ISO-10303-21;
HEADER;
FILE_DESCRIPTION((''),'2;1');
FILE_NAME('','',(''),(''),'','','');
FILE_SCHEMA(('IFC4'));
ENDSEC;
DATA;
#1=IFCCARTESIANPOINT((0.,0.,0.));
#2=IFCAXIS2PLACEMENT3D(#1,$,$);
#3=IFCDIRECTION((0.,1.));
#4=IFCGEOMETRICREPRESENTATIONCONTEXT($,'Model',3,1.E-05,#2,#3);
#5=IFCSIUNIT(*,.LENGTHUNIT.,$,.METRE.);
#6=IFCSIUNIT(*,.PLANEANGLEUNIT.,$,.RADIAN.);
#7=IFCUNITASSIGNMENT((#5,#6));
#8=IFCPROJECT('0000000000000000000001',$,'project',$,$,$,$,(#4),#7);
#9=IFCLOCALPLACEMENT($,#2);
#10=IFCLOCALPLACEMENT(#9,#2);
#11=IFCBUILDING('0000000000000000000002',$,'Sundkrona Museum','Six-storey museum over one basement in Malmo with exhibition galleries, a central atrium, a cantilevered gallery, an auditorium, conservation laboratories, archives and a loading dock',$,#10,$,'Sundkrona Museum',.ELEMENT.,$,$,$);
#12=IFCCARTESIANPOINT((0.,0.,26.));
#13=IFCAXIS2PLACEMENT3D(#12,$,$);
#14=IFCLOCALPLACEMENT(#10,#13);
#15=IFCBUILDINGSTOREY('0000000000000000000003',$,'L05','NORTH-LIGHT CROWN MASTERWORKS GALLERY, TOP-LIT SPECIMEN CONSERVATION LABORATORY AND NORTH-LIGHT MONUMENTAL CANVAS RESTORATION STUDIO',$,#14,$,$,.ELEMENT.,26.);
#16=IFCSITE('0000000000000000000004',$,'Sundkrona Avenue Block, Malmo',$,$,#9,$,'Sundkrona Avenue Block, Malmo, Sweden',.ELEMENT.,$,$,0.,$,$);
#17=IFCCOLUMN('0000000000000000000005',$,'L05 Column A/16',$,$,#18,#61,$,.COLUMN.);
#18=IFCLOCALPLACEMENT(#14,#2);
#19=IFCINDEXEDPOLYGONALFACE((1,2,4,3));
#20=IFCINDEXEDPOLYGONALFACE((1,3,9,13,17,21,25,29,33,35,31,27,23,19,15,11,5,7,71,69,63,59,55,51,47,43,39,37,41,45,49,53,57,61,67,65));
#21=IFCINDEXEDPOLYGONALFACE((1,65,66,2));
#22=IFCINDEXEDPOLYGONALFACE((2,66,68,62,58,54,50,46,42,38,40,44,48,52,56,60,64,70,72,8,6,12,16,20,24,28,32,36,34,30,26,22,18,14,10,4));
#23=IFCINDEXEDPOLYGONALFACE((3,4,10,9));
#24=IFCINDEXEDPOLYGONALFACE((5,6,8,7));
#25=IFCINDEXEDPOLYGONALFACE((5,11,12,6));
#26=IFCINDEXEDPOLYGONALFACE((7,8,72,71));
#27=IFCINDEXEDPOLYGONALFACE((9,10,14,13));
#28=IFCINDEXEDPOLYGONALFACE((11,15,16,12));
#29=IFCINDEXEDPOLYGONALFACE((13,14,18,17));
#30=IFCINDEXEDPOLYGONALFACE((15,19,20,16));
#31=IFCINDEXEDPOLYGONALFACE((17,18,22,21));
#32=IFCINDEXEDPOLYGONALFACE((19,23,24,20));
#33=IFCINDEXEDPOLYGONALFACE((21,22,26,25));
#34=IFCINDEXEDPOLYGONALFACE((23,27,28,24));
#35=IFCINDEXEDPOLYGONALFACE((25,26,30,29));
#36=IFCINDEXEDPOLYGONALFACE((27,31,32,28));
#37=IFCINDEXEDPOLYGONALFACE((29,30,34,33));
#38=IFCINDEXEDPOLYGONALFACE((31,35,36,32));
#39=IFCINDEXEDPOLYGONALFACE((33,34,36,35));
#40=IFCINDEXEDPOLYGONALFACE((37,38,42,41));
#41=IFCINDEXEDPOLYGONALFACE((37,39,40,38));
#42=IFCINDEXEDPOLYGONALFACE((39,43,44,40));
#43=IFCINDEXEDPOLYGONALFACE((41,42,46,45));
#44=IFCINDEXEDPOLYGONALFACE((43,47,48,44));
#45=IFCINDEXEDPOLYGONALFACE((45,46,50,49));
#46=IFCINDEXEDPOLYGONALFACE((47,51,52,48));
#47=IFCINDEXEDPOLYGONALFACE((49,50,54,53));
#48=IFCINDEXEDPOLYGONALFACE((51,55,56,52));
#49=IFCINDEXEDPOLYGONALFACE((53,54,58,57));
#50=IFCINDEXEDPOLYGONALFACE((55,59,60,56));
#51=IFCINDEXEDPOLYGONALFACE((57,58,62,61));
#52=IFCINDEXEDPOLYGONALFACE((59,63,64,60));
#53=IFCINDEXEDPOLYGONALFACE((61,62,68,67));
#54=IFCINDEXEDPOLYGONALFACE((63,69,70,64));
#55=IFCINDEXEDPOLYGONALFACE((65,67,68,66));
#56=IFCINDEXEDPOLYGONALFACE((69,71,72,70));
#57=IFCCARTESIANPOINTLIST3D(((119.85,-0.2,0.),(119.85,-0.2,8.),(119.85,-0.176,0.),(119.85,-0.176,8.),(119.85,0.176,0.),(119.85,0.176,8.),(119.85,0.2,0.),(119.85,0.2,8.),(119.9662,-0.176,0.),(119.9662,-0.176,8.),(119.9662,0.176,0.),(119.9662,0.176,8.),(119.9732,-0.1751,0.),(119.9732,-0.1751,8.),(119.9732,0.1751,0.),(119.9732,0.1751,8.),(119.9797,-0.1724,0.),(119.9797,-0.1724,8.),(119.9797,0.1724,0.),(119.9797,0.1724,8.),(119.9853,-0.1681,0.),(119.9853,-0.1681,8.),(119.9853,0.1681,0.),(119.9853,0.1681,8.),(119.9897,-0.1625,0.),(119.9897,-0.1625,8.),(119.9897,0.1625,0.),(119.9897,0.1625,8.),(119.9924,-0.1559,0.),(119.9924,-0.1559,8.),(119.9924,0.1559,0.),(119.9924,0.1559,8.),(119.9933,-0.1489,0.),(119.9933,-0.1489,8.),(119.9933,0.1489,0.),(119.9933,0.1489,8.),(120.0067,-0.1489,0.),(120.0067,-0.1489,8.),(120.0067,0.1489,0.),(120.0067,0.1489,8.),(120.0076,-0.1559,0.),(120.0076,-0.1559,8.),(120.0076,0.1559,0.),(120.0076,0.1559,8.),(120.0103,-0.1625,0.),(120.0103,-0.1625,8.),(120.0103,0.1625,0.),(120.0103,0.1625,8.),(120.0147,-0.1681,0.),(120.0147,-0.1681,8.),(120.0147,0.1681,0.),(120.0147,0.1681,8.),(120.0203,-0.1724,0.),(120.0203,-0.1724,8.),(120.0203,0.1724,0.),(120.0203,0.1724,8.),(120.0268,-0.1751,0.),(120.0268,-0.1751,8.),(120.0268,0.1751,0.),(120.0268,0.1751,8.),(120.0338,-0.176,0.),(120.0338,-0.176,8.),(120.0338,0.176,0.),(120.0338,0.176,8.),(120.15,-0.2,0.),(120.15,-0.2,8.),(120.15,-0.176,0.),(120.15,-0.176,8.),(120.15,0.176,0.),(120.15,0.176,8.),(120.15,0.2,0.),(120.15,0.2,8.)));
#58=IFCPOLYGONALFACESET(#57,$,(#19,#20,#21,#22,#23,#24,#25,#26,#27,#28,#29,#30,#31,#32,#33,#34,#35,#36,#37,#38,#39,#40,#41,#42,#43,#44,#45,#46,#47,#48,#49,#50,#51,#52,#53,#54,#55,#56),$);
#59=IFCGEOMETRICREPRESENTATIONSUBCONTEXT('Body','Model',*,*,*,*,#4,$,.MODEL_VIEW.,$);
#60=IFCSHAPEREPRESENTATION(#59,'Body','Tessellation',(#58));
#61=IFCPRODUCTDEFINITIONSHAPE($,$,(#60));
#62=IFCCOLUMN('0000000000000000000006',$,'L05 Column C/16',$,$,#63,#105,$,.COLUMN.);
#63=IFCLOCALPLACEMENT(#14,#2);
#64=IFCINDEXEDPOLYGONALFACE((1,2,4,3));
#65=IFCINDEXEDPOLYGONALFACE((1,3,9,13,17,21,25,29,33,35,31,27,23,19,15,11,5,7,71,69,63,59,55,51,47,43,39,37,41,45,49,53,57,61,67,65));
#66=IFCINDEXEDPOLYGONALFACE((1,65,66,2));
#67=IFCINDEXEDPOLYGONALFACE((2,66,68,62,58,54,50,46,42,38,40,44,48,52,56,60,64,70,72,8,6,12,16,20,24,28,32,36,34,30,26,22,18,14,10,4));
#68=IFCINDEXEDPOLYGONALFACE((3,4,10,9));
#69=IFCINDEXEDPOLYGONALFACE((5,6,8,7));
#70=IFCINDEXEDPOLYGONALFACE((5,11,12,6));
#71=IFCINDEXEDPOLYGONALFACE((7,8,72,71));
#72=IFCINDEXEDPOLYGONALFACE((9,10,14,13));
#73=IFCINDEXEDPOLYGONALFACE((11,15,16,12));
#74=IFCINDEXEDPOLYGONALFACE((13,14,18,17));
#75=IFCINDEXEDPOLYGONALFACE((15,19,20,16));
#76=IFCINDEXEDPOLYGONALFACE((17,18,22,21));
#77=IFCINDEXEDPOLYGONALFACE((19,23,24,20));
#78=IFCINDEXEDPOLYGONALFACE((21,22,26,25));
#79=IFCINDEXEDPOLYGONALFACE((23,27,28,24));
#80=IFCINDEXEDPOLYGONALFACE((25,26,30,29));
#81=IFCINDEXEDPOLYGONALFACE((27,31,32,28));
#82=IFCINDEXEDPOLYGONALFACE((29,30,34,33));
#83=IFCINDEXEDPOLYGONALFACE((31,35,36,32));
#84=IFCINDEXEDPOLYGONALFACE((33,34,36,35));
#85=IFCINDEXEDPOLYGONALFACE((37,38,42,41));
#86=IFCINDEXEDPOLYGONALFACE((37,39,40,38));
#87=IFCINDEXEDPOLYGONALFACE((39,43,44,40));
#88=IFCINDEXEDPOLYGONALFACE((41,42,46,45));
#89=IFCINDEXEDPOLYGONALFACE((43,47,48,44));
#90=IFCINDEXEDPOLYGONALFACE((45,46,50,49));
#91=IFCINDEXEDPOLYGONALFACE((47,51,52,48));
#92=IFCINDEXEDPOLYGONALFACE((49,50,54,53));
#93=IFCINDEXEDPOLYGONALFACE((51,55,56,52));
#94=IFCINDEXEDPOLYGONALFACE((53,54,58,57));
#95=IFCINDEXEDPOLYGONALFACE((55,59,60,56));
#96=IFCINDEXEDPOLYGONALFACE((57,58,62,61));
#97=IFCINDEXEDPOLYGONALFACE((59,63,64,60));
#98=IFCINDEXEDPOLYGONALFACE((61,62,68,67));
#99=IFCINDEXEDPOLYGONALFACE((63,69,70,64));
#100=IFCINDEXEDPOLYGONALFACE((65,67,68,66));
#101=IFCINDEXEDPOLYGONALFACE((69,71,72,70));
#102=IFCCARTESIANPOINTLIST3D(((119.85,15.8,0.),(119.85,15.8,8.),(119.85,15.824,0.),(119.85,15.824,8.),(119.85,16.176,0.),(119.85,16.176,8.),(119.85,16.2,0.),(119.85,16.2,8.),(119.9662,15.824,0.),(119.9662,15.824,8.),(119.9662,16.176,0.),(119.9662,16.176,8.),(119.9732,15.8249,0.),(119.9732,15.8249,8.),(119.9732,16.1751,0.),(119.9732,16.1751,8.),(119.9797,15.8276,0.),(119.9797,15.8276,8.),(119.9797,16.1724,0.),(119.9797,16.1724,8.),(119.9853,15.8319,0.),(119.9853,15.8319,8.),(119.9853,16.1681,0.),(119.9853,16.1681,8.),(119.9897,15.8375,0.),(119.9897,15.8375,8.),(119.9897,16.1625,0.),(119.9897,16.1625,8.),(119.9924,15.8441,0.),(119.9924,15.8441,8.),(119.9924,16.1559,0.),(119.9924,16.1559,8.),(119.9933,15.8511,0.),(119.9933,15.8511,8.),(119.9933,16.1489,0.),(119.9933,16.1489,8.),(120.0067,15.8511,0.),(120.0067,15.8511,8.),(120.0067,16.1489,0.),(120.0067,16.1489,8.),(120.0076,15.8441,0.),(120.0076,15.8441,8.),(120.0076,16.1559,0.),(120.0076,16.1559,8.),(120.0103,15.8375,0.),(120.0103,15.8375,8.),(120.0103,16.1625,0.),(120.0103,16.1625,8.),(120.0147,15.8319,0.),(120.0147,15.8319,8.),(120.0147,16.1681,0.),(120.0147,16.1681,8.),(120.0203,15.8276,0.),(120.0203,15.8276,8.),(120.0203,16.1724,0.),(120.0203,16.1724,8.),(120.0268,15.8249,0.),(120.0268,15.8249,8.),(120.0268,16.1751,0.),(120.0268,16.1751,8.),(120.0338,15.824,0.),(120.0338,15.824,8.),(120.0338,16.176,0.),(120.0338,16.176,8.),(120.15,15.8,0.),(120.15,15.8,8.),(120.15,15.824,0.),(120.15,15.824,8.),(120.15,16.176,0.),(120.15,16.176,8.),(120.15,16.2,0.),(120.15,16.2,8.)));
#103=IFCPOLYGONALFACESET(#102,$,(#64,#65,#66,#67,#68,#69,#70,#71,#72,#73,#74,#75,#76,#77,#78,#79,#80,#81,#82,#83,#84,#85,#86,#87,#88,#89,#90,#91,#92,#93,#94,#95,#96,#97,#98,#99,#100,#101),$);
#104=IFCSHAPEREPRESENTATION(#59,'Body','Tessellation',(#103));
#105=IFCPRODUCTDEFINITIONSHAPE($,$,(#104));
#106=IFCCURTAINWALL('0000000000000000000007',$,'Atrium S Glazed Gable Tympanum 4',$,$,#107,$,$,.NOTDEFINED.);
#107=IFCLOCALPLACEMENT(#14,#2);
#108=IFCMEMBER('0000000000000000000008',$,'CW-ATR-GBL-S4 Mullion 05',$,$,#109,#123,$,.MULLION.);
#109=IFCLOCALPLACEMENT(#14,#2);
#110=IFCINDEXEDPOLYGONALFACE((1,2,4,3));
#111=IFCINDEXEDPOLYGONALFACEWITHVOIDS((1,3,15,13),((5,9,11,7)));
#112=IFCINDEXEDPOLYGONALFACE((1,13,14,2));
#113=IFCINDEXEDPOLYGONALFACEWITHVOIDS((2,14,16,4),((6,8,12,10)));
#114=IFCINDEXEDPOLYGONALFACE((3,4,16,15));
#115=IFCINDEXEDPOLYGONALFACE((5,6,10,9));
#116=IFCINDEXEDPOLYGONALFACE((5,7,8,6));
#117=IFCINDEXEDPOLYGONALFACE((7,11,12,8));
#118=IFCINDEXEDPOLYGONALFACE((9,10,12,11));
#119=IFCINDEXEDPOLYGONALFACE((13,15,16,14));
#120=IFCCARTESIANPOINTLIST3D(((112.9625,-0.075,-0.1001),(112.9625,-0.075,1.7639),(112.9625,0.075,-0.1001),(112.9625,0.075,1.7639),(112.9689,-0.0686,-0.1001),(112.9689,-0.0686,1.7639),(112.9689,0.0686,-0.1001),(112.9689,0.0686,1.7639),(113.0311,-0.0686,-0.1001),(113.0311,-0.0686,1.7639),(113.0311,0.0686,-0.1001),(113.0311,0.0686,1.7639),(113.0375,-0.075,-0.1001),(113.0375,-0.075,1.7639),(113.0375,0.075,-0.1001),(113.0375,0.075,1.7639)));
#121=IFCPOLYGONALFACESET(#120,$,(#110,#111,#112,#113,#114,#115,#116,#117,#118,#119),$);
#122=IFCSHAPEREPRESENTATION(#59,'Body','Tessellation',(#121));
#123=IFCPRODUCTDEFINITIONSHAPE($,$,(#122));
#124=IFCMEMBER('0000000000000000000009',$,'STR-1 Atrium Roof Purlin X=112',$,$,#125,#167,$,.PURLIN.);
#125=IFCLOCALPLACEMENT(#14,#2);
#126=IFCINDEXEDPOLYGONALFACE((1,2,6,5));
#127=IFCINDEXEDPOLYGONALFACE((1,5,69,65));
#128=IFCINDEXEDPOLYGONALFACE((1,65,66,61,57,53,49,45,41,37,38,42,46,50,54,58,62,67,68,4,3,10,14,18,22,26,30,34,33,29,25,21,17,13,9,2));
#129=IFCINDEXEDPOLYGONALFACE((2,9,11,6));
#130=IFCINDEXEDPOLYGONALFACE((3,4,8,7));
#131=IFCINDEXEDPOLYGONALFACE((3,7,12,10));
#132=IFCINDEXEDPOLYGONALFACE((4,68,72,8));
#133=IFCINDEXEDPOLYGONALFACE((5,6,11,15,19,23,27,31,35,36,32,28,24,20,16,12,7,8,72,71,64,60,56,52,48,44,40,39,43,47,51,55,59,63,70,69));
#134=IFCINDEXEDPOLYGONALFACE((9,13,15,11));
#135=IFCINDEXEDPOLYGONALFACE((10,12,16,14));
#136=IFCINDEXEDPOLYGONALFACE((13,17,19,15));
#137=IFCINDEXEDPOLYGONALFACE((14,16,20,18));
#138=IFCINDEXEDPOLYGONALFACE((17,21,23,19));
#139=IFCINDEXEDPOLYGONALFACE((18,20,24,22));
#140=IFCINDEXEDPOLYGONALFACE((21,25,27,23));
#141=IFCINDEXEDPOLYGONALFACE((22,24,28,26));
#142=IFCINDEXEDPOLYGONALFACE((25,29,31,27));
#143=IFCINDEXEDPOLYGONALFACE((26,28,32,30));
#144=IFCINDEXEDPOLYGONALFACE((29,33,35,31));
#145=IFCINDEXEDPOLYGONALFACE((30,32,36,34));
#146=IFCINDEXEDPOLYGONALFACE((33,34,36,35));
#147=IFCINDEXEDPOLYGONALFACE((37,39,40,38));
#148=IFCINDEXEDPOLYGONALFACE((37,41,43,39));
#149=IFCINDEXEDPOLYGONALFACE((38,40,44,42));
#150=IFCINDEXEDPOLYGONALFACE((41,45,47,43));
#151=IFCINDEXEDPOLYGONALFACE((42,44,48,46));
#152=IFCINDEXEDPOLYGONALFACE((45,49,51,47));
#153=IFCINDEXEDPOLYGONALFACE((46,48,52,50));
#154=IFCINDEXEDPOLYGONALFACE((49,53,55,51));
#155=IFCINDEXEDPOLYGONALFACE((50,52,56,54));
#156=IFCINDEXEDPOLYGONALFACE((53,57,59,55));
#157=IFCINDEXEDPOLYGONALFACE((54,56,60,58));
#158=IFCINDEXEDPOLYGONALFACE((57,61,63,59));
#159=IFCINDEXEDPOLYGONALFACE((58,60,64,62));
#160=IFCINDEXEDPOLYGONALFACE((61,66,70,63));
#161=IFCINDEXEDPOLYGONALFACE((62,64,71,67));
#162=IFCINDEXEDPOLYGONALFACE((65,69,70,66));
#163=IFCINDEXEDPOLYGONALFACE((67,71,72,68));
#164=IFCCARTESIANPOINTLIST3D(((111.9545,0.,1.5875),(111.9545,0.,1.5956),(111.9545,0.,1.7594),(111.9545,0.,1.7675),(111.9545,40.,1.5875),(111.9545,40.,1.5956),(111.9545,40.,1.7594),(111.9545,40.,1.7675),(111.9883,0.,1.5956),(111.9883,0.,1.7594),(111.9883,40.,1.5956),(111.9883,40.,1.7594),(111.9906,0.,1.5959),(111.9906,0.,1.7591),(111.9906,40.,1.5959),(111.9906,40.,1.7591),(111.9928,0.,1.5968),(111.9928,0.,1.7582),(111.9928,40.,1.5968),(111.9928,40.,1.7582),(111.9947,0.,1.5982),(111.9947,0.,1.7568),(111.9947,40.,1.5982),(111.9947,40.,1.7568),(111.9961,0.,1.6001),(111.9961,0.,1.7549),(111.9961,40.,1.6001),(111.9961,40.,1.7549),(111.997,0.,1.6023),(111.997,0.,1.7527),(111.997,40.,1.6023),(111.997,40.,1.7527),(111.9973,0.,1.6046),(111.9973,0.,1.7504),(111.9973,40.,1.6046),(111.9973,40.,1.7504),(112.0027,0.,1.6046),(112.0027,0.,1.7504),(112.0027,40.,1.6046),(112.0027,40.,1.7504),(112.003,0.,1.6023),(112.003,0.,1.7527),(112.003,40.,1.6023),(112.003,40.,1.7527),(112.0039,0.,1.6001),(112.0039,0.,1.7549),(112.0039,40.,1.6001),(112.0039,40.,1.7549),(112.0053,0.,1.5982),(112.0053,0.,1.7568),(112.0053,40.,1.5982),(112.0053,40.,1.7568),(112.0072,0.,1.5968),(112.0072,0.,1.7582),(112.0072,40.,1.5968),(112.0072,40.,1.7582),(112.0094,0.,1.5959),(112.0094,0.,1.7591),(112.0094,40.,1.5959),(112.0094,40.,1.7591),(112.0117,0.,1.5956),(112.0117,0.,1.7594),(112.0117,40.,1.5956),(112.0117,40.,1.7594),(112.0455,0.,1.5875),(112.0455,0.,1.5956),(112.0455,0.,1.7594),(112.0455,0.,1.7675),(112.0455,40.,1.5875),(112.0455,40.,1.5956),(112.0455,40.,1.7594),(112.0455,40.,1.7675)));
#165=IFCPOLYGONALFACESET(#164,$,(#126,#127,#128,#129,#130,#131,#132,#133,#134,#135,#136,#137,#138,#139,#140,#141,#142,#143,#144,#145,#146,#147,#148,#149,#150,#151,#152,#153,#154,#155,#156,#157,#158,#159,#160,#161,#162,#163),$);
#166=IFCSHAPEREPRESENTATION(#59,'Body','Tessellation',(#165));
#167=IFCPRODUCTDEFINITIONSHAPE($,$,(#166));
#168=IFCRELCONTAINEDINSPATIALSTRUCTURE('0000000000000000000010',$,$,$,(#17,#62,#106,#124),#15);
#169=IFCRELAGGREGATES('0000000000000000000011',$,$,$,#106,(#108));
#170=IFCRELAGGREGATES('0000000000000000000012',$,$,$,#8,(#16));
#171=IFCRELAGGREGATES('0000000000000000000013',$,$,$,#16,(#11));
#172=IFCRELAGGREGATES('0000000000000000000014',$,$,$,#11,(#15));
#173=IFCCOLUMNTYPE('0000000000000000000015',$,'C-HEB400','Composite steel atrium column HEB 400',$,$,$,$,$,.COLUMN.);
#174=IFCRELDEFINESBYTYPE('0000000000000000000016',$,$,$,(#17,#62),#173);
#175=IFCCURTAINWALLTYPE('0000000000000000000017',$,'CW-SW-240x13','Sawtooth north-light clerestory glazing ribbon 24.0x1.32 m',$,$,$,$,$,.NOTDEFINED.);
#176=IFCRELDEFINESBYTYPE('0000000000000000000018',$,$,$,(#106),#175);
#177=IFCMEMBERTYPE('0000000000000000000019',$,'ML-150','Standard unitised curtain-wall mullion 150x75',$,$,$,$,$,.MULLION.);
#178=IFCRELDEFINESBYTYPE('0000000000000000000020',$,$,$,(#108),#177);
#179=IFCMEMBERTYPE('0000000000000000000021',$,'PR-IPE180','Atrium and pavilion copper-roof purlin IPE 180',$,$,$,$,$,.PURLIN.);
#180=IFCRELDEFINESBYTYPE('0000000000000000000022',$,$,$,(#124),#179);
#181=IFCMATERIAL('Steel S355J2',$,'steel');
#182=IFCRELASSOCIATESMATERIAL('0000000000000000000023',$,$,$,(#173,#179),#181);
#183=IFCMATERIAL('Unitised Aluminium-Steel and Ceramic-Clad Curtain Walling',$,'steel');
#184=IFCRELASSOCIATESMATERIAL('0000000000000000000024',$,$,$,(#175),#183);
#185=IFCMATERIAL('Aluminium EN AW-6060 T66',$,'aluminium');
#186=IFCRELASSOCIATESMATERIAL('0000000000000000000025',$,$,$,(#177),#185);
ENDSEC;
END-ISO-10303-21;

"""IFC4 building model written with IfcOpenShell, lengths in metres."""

from ifc_helpers import new_model, si_unit, direction, frame, origin, origin_2d, place, context, subcontext, project, spatial, hollow_rectangle, i_section, extrude, material, material_profile, profile_set, type_object, element, aggregate, save


model = new_model("IFC4")

# Units and contexts
model_context = context("Model", 3, precision=1e-05, world=origin(), true_north=direction((0.0, 1.0)))
body_context = subcontext(model_context, "Body", "Model", "MODEL_VIEW")
ifc_project = project(units=[si_unit("LENGTHUNIT", "METRE"), si_unit("PLANEANGLEUNIT", "RADIAN")], contexts=[model_context])

# Site, building, storey
site_placement = place(None, origin())
site = spatial("IfcSite", under=ifc_project, at=site_placement, Name="Sundkrona Avenue Block, Malmo", LongName="Sundkrona Avenue Block, Malmo, Sweden", CompositionType="ELEMENT", RefElevation=0.0)
building_placement = place(site_placement, origin())
building = spatial("IfcBuilding", under=site, at=building_placement, Name="Sundkrona Museum", Description="Six-storey museum over one basement in Malmo with exhibition galleries, a central atrium, a cantilevered gallery, an auditorium, conservation laboratories, archives and a loading dock", LongName="Sundkrona Museum", CompositionType="ELEMENT")
storey_placement = place(building_placement, frame((0.0, 0.0, 26.0)))
storey = spatial("IfcBuildingStorey", under=building, at=storey_placement, Name="L05", Description="NORTH-LIGHT CROWN MASTERWORKS GALLERY, TOP-LIT SPECIMEN CONSERVATION LABORATORY AND NORTH-LIGHT MONUMENTAL CANVAS RESTORATION STUDIO", CompositionType="ELEMENT", Elevation=26.0)

# Columns
ifc_material_1 = material(Name="Steel S355J2", Category="steel")
ifc_material_profile_1 = material_profile(ifc_material_1, i_section(OverallWidth=0.3, OverallDepth=0.3999, WebThickness=0.0134, FlangeThickness=0.0239, FilletRadius=0.0271, at=origin_2d()), Name="HEB 400")
ifc_profile_set_1 = profile_set([ifc_material_profile_1], Name="Steel S355J2")
column_type = type_object("IfcColumnType", Name="C-HEB400", Description="Composite steel atrium column HEB 400", PredefinedType="COLUMN", material=ifc_profile_set_1)
for number, where, z_axis, x_axis, name in (
    (1, (120.0, 0.0, 0.0), (0.0, 0.0, 1.0), (1.0, 0.0, 0.0), "L05 Column A/16"),
    (2, (120.0, 16.0, 0.0), (0.0, 0.0, 1.0), (1.0, 0.0, 0.0), "L05 Column C/16"),
):
    element("IfcColumn", number, at=place(storey_placement, frame(where, z_axis=z_axis, x_axis=x_axis)), inside=storey, type_object=column_type, Name=name, PredefinedType="COLUMN", context=body_context, shape_type="SweptSolid", body=[
        extrude(i_section(OverallWidth=0.3, OverallDepth=0.3999, WebThickness=0.0134, FlangeThickness=0.0239, FilletRadius=0.0271, at=origin_2d()), origin(), (0.0, 0.0, 1.0), 8.0),
    ])

# Curtain wall, member
ifc_material_2 = material(Name="Unitised Aluminium-Steel and Ceramic-Clad Curtain Walling", Category="steel")
curtain_wall_type = type_object("IfcCurtainWallType", Name="CW-SW-240x13", Description="Sawtooth north-light clerestory glazing ribbon 24.0x1.32 m", PredefinedType="NOTDEFINED", material=ifc_material_2)
curtain_wall_placement = place(storey_placement, origin())
curtain_wall = element("IfcCurtainWall", 3, at=curtain_wall_placement, inside=storey, type_object=curtain_wall_type, Name="Atrium S Glazed Gable Tympanum 4", PredefinedType="NOTDEFINED")
ifc_material_3 = material(Name="Aluminium EN AW-6060 T66", Category="aluminium")
ifc_material_profile_2 = material_profile(ifc_material_3, hollow_rectangle(XDim=0.075, YDim=0.1499, WallThickness=0.0063, at=origin_2d()), Name="RHS 150x75x6.3")
ifc_profile_set_2 = profile_set([ifc_material_profile_2], Name="Aluminium EN AW-6060 T66")
member_type_1 = type_object("IfcMemberType", Name="ML-150", Description="Standard unitised curtain-wall mullion 150x75", PredefinedType="MULLION", material=ifc_profile_set_2)
member_1_placement = place(storey_placement, frame((113.0, 0.0, -0.1001), z_axis=(0.0, 0.0, 1.0), x_axis=(1.0, 0.0, 0.0)))
member_1 = element("IfcMember", 4, at=member_1_placement, type_object=member_type_1, Name="CW-ATR-GBL-S4 Mullion 05", PredefinedType="MULLION", context=body_context, shape_type="SweptSolid", body=[
    extrude(hollow_rectangle(XDim=0.075, YDim=0.1499, WallThickness=0.0063, at=origin_2d()), origin(), (0.0, 0.0, 1.0), 1.864),
])

# Member
ifc_material_profile_3 = material_profile(ifc_material_1, i_section(OverallWidth=0.0911, OverallDepth=0.1799, WebThickness=0.0054, FlangeThickness=0.0081, FilletRadius=0.009, at=origin_2d()), Name="IPE 180")
ifc_profile_set_3 = profile_set([ifc_material_profile_3], Name="Steel S355J2")
member_type_2 = type_object("IfcMemberType", Name="PR-IPE180", Description="Atrium and pavilion copper-roof purlin IPE 180", PredefinedType="PURLIN", material=ifc_profile_set_3)
member_2_placement = place(storey_placement, frame((112.0, 0.0, 1.6775), z_axis=(0.0, 1.0, 0.0), x_axis=(-1.0, 0.0, 0.0)))
element("IfcMember", 5, at=member_2_placement, inside=storey, type_object=member_type_2, Name="STR-1 Atrium Roof Purlin X=112", PredefinedType="PURLIN", context=body_context, shape_type="SweptSolid", body=[
    extrude(i_section(OverallWidth=0.0911, OverallDepth=0.1799, WebThickness=0.0054, FlangeThickness=0.0081, FilletRadius=0.009, at=origin_2d()), origin(), (0.0, 0.0, 1.0), 40.0),
])

aggregate(curtain_wall, [member_1])

save(model, "model.ifc")
